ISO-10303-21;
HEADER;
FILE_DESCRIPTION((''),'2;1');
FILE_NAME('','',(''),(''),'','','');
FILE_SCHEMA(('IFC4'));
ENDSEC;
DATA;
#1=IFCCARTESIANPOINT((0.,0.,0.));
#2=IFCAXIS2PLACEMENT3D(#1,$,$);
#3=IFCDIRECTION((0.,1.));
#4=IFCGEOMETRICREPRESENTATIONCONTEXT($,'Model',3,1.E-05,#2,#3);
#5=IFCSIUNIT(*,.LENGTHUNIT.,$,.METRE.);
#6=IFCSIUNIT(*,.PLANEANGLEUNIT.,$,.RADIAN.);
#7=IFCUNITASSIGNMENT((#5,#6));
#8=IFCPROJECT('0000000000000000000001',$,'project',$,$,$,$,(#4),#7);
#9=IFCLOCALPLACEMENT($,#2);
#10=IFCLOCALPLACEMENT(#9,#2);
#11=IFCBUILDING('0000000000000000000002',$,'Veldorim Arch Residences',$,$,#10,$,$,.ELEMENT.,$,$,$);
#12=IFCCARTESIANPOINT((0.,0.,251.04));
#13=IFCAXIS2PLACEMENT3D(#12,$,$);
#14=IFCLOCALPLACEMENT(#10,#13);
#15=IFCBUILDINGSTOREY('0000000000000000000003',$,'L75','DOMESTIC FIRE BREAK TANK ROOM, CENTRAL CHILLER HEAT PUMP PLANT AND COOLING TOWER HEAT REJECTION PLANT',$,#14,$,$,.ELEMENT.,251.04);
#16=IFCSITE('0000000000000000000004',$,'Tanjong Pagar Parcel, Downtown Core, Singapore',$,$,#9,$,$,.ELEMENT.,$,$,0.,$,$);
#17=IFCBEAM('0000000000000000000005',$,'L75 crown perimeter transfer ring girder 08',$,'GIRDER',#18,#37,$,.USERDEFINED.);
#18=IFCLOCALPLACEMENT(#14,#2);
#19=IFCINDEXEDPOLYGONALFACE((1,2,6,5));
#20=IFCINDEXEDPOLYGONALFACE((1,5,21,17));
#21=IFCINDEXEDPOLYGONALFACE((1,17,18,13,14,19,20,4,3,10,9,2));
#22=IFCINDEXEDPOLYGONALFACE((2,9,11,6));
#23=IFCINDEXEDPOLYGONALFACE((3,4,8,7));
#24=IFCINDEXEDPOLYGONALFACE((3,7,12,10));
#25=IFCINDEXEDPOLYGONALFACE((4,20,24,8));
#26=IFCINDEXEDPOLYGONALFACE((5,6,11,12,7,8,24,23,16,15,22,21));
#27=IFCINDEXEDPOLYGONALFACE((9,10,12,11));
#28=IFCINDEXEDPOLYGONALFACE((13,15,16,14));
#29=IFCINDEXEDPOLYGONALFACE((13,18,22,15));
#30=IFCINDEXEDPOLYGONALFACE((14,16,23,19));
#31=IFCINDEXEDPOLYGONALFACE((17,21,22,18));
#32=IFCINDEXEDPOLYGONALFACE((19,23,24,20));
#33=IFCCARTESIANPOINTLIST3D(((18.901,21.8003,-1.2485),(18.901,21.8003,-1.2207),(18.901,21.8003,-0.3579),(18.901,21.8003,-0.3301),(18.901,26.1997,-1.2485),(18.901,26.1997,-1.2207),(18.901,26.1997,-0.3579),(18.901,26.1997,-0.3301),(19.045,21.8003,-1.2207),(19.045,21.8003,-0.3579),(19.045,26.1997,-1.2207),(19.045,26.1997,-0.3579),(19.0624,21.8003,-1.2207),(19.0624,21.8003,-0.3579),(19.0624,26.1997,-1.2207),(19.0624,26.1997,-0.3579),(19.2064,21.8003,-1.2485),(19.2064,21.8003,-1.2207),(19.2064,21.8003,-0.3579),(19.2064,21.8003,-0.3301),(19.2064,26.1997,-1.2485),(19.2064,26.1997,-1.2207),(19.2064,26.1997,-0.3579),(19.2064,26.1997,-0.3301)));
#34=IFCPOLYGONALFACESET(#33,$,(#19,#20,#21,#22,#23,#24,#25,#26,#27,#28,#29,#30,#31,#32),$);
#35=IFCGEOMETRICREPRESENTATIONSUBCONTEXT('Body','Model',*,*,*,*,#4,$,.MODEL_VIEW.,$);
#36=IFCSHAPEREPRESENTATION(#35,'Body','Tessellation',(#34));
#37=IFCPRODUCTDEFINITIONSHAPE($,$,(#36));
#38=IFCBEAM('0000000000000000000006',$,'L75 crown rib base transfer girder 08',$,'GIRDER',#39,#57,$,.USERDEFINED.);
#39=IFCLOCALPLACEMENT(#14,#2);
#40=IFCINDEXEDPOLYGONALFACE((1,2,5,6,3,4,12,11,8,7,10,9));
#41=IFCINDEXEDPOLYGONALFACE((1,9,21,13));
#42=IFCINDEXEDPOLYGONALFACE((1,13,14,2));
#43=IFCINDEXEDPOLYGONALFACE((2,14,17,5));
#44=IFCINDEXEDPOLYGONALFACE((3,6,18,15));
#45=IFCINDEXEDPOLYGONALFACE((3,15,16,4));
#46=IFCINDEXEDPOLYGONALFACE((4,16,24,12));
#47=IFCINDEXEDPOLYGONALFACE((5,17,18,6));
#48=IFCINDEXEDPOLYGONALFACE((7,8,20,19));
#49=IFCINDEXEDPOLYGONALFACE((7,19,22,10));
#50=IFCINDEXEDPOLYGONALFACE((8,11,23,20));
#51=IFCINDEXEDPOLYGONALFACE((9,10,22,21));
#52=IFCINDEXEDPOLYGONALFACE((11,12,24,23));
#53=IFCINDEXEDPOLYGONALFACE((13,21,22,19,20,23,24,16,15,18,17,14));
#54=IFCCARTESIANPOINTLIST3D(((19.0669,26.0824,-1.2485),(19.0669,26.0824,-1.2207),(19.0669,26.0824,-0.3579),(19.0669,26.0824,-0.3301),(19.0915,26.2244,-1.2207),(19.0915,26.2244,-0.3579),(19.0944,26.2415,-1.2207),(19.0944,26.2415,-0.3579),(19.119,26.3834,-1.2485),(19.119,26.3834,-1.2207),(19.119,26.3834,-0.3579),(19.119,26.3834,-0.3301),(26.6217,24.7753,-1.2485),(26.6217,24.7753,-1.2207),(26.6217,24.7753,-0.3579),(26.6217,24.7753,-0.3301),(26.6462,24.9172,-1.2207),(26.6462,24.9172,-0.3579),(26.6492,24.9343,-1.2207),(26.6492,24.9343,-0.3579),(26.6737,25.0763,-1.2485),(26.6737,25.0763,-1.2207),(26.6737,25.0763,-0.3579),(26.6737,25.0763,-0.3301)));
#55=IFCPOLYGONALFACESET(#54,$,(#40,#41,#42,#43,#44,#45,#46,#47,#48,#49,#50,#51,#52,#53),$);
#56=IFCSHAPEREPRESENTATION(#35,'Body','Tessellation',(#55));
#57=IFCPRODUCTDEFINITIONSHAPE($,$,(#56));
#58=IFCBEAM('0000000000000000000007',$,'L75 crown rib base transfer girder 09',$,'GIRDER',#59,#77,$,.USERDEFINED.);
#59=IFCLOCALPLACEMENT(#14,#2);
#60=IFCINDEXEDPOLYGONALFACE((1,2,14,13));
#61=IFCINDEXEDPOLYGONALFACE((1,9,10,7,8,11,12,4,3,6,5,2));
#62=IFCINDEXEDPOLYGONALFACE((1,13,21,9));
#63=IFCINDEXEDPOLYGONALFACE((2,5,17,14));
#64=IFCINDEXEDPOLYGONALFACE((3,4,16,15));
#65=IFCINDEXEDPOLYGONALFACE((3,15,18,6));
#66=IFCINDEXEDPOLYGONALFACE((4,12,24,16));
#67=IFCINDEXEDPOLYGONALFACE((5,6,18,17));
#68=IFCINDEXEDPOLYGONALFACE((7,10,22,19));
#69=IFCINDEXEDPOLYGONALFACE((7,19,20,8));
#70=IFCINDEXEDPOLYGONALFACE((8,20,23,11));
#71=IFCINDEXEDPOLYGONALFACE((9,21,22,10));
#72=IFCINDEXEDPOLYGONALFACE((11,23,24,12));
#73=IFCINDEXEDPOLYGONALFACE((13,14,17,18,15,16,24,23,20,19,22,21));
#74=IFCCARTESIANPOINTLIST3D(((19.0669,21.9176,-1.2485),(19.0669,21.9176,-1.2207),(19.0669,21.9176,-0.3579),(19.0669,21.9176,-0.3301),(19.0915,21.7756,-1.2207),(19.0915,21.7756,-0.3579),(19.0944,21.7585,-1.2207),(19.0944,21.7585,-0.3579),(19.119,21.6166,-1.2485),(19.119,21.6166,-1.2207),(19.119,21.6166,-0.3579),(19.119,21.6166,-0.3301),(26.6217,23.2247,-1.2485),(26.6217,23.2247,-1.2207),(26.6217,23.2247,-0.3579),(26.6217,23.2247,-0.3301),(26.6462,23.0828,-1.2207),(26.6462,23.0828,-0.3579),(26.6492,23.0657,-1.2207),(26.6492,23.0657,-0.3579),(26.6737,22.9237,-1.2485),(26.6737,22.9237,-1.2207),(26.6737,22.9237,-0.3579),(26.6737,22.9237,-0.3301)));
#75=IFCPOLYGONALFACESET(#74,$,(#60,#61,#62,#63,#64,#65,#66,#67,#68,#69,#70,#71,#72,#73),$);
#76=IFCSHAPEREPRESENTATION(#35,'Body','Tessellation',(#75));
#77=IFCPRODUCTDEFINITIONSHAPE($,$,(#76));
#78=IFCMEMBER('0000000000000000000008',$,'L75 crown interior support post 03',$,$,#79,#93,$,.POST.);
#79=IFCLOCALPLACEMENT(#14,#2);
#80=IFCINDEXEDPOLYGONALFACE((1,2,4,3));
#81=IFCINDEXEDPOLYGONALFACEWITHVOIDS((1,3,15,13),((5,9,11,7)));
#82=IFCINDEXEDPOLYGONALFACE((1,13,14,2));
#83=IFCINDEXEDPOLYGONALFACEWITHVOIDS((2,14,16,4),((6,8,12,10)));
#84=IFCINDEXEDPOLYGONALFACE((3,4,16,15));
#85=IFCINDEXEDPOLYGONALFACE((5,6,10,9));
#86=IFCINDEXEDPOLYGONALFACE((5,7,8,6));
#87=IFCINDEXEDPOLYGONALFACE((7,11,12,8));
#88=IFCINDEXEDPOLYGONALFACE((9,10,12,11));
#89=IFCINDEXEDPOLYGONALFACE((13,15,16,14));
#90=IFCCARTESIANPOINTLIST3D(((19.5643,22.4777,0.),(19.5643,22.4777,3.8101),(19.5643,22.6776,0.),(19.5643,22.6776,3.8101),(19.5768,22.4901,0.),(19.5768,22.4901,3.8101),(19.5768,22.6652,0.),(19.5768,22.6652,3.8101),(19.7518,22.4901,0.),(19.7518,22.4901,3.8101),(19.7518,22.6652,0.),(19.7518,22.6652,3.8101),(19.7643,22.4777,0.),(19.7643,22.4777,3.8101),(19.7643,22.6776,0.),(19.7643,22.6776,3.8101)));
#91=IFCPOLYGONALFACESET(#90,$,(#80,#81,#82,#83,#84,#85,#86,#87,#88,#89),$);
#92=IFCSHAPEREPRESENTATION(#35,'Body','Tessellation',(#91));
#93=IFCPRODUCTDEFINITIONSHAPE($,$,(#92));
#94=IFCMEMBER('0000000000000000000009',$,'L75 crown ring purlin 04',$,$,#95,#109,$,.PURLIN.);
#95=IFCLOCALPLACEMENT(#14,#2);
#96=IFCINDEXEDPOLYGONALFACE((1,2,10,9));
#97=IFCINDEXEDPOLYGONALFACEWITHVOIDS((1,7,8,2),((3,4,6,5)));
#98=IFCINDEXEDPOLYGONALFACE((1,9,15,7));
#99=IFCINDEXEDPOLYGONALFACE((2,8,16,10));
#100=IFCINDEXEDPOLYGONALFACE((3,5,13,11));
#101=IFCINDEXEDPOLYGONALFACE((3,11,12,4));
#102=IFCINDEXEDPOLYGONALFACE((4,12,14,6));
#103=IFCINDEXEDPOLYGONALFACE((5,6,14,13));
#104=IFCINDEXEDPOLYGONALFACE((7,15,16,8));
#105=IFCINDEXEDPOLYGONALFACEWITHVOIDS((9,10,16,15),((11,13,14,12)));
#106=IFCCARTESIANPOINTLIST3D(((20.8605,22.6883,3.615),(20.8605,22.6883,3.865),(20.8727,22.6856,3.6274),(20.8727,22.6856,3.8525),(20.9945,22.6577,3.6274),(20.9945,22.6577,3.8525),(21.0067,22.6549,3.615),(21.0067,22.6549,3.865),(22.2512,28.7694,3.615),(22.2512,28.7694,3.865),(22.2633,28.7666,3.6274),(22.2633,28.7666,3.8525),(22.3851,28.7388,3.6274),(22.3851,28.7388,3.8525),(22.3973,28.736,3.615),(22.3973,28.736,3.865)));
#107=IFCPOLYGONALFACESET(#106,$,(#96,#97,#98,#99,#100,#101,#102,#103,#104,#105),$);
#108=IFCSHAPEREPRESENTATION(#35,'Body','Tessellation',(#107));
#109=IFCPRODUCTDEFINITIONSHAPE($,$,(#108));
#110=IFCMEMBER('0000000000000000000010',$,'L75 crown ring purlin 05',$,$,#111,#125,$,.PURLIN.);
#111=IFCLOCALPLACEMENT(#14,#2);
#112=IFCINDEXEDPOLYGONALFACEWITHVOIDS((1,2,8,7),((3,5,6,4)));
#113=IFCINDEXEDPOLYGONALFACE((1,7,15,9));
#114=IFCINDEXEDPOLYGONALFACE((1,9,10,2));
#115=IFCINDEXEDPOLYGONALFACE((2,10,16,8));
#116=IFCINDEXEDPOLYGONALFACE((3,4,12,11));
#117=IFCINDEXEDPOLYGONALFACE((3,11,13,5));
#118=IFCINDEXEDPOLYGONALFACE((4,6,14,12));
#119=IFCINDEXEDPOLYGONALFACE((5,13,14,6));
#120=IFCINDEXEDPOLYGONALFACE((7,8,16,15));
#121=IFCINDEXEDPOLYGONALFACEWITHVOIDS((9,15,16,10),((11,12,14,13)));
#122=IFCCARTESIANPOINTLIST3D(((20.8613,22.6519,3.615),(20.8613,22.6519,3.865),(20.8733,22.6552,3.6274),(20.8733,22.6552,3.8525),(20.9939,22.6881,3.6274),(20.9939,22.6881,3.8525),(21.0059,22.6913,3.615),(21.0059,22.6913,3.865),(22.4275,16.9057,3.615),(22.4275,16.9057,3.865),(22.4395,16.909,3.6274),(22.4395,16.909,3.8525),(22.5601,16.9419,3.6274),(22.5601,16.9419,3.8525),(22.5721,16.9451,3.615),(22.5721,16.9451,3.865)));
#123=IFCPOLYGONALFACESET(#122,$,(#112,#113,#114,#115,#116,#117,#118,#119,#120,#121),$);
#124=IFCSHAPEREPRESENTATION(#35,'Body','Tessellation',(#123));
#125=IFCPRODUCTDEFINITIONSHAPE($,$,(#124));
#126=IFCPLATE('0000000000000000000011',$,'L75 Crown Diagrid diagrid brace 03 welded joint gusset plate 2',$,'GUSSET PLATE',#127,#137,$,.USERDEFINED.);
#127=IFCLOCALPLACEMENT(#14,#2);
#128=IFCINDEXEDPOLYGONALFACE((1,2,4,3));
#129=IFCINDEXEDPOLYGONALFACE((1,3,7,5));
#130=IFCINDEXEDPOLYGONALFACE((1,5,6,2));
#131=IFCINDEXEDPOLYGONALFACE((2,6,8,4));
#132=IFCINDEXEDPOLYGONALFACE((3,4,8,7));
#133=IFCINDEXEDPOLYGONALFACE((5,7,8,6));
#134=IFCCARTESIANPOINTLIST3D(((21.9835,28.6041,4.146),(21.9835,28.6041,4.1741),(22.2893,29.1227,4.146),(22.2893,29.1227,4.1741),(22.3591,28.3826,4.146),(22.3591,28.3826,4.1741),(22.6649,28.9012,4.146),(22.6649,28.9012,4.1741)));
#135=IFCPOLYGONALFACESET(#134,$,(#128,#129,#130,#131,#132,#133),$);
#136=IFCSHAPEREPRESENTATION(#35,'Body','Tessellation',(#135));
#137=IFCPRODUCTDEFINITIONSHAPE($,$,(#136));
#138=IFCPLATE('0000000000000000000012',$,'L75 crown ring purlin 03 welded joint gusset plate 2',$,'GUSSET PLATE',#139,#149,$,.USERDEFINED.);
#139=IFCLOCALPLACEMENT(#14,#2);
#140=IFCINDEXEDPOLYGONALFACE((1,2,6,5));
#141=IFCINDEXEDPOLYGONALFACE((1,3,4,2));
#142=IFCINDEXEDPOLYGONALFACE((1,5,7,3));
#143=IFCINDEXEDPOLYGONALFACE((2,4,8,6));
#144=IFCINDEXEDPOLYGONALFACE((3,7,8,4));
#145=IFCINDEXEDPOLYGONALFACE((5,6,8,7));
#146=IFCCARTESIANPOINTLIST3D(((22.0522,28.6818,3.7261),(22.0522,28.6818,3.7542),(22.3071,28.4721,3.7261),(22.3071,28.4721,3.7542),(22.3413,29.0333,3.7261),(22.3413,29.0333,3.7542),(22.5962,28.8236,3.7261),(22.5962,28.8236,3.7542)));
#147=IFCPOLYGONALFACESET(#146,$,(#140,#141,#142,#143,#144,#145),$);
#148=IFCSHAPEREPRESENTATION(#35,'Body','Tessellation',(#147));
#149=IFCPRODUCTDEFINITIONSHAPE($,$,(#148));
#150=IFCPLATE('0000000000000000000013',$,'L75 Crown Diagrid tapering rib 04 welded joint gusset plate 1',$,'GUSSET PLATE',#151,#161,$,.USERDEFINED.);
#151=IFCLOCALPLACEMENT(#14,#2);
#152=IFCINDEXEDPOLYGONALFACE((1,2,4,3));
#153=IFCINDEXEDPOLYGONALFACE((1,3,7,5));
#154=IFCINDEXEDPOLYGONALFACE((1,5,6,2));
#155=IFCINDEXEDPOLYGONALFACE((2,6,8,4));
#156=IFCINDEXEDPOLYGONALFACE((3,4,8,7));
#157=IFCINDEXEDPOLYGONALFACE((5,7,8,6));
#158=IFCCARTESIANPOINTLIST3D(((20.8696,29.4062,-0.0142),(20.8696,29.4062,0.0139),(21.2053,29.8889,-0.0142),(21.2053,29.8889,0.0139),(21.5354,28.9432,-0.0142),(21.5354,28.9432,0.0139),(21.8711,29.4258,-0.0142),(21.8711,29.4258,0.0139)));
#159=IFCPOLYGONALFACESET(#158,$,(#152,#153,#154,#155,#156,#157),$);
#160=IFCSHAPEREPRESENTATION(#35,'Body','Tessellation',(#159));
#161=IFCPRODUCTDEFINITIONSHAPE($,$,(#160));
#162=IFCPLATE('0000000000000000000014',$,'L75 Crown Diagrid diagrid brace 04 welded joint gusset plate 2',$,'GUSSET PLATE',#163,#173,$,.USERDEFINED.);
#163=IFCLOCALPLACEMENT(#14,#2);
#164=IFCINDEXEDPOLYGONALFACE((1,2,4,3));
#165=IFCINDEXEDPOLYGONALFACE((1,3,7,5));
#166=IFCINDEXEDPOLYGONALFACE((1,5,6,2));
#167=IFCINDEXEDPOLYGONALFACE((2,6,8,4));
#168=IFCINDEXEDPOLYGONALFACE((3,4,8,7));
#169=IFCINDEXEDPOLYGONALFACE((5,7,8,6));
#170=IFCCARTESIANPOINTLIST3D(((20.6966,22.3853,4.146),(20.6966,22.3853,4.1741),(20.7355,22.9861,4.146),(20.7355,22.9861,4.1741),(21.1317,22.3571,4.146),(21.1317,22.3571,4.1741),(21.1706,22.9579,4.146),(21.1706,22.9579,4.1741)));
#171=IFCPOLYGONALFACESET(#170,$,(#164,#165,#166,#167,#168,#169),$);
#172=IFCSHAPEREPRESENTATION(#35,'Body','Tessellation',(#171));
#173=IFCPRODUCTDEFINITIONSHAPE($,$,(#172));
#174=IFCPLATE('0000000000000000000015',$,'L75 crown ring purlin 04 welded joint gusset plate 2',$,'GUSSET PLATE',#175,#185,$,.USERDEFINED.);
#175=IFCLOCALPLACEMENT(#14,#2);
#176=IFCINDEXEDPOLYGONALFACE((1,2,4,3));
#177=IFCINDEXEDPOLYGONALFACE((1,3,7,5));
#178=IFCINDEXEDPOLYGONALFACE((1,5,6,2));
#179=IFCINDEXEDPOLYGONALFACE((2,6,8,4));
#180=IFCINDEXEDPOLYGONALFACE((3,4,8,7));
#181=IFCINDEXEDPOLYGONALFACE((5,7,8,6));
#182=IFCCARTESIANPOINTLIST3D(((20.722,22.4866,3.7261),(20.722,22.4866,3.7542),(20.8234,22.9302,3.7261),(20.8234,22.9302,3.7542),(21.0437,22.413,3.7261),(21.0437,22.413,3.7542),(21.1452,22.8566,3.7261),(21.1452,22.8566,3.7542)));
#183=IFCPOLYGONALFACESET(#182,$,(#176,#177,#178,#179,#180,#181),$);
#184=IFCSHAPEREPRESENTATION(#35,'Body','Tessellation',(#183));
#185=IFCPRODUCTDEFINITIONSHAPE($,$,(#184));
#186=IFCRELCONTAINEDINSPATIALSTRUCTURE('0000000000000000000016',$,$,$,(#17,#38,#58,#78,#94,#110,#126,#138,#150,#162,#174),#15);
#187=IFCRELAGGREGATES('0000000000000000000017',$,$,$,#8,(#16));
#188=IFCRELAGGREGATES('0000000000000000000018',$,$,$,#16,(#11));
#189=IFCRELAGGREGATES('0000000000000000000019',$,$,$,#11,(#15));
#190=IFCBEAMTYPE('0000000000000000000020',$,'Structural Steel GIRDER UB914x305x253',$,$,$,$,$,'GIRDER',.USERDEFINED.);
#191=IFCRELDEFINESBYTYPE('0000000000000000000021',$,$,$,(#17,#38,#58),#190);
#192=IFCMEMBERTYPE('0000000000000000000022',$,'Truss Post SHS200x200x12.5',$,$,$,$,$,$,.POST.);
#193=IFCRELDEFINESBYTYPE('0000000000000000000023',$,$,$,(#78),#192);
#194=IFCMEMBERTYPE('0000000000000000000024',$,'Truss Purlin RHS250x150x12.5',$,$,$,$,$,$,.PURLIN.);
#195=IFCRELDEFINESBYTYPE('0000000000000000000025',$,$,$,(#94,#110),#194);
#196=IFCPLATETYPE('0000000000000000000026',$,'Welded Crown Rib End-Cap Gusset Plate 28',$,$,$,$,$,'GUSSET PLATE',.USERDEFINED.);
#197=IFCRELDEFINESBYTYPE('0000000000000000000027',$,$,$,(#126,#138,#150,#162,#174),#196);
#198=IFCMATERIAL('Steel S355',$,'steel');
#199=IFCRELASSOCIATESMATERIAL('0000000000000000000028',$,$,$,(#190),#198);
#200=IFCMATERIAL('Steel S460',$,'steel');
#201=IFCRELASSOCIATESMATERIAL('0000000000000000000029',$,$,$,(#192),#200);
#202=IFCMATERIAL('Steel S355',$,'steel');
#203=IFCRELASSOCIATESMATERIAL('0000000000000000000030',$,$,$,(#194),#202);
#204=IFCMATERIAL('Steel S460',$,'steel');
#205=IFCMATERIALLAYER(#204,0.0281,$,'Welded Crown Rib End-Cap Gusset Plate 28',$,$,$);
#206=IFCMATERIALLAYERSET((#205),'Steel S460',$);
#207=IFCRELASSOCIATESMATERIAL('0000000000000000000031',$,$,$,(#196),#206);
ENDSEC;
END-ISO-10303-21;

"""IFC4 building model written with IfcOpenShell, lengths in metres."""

from ifc_helpers import new_model, si_unit, direction, frame, origin, origin_2d, place, context, subcontext, project, spatial, rectangle, hollow_rectangle, i_section, extrude, material, layer, layer_set, material_profile, profile_set, type_object, element, save


model = new_model("IFC4")

# Units and contexts
model_context = context("Model", 3, precision=1e-05, world=origin(), true_north=direction((0.0, 1.0)))
body_context = subcontext(model_context, "Body", "Model", "MODEL_VIEW")
ifc_project = project(units=[si_unit("LENGTHUNIT", "METRE"), si_unit("PLANEANGLEUNIT", "RADIAN")], contexts=[model_context])

# Site, building, storey
site_placement = place(None, origin())
site = spatial("IfcSite", under=ifc_project, at=site_placement, Name="Tanjong Pagar Parcel, Downtown Core, Singapore", CompositionType="ELEMENT", RefElevation=0.0)
building_placement = place(site_placement, origin())
building = spatial("IfcBuilding", under=site, at=building_placement, Name="Veldorim Arch Residences", CompositionType="ELEMENT")
storey_placement = place(building_placement, frame((0.0, 0.0, 251.04)))
storey = spatial("IfcBuildingStorey", under=building, at=storey_placement, Name="L75", Description="DOMESTIC FIRE BREAK TANK ROOM, CENTRAL CHILLER HEAT PUMP PLANT AND COOLING TOWER HEAT REJECTION PLANT", CompositionType="ELEMENT", Elevation=251.04)

# Beams
ifc_material_1 = material(Name="Steel S355", Category="steel")
ifc_material_profile_1 = material_profile(ifc_material_1, i_section(OverallWidth=0.3054, OverallDepth=0.9185, WebThickness=0.0173, FlangeThickness=0.0278, at=origin_2d()), Name="UB914x305x253")
ifc_profile_set_1 = profile_set([ifc_material_profile_1], Name="Steel S355")
beam_type = type_object("IfcBeamType", Name="Structural Steel GIRDER UB914x305x253", ElementType="GIRDER", PredefinedType="USERDEFINED", material=ifc_profile_set_1)
beam_1_placement = place(storey_placement, frame((19.0537, 26.1997, -0.7893), z_axis=(0.0, -1.0, 0.0), x_axis=(1.0, 0.0, 0.0)))
element("IfcBeam", 1, at=beam_1_placement, inside=storey, type_object=beam_type, Name="L75 crown perimeter transfer ring girder 08", ObjectType="GIRDER", PredefinedType="USERDEFINED", context=body_context, shape_type="SweptSolid", body=[
    extrude(i_section(OverallWidth=0.3054, OverallDepth=0.9185, WebThickness=0.0173, FlangeThickness=0.0278, at=origin_2d()), origin(), (0.0, 0.0, 1.0), 4.3994),
])
for number, where, z_axis, x_axis, name in (
    (2, (26.6477, 24.9258, -0.7893), (-0.98536, 0.170489, 0.0), (-0.170489, -0.98536, 0.0), "L75 crown rib base transfer girder 08"),
    (3, (26.6477, 23.0742, -0.7893), (-0.98536, -0.170489, 0.0), (0.170489, -0.98536, 0.0), "L75 crown rib base transfer girder 09"),
):
    element("IfcBeam", number, at=place(storey_placement, frame(where, z_axis=z_axis, x_axis=x_axis)), inside=storey, type_object=beam_type, Name=name, ObjectType="GIRDER", PredefinedType="USERDEFINED", context=body_context, shape_type="SweptSolid", body=[
        extrude(i_section(OverallWidth=0.3054, OverallDepth=0.9185, WebThickness=0.0173, FlangeThickness=0.0278, at=origin_2d()), origin(), (0.0, 0.0, 1.0), 7.667),
    ])

# Members
ifc_material_2 = material(Name="Steel S460", Category="steel")
ifc_material_profile_2 = material_profile(ifc_material_2, hollow_rectangle(XDim=0.2, YDim=0.2, WallThickness=0.0125, at=origin_2d()), Name="SHS200x200x12.5")
ifc_profile_set_2 = profile_set([ifc_material_profile_2], Name="Steel S460")
member_type_1 = type_object("IfcMemberType", Name="Truss Post SHS200x200x12.5", PredefinedType="POST", material=ifc_profile_set_2)
member_1_placement = place(storey_placement, frame((19.6643, 22.5776, 0.0), z_axis=(0.0, 0.0, 1.0), x_axis=(1.0, 0.0, 0.0)))
element("IfcMember", 4, at=member_1_placement, inside=storey, type_object=member_type_1, Name="L75 crown interior support post 03", PredefinedType="POST", context=body_context, shape_type="SweptSolid", body=[
    extrude(hollow_rectangle(XDim=0.2, YDim=0.2, WallThickness=0.0125, at=origin_2d()), origin(), (0.0, 0.0, 1.0), 3.8101),
])
ifc_material_3 = material(Name="Steel S355", Category="steel")
ifc_material_profile_3 = material_profile(ifc_material_3, hollow_rectangle(XDim=0.1499, YDim=0.25, WallThickness=0.0125, at=origin_2d()), Name="RHS250x150x12.5")
ifc_profile_set_3 = profile_set([ifc_material_profile_3], Name="Steel S355")
member_type_2 = type_object("IfcMemberType", Name="Truss Purlin RHS250x150x12.5", PredefinedType="PURLIN", material=ifc_profile_set_3)
member_2_placement = place(storey_placement, frame((22.3242, 28.7527, 3.74), z_axis=(-0.222927, -0.974835, 0.0), x_axis=(0.974835, -0.222927, 0.0)))
element("IfcMember", 5, at=member_2_placement, inside=storey, type_object=member_type_2, Name="L75 crown ring purlin 04", PredefinedType="PURLIN", context=body_context, shape_type="SweptSolid", body=[
    extrude(hollow_rectangle(XDim=0.1499, YDim=0.25, WallThickness=0.0125, at=origin_2d()), origin(), (0.0, 0.0, 1.0), 6.238),
])
member_3_placement = place(storey_placement, frame((20.9336, 22.6716, 3.74), z_axis=(0.262968, -0.964804, 0.0), x_axis=(0.964804, 0.262968, 0.0)))
element("IfcMember", 6, at=member_3_placement, inside=storey, type_object=member_type_2, Name="L75 crown ring purlin 05", PredefinedType="PURLIN", context=body_context, shape_type="SweptSolid", body=[
    extrude(hollow_rectangle(XDim=0.1499, YDim=0.25, WallThickness=0.0125, at=origin_2d()), origin(), (0.0, 0.0, 1.0), 5.9558),
])

# Plates
ifc_material_4 = material(Name="Steel S460", Category="steel")
ifc_layer_1 = layer(ifc_material_4, 0.0281, Name="Welded Crown Rib End-Cap Gusset Plate 28")
ifc_layer_set_1 = layer_set([ifc_layer_1], Name="Steel S460")
plate_type = type_object("IfcPlateType", Name="Welded Crown Rib End-Cap Gusset Plate 28", ElementType="GUSSET PLATE", PredefinedType="USERDEFINED", material=ifc_layer_set_1)
plate_1_placement = place(storey_placement, frame((22.3242, 28.7527, 4.146), z_axis=(0.0, 0.0, 1.0), x_axis=(-0.507959, -0.861381, 0.0)))
element("IfcPlate", 7, at=plate_1_placement, inside=storey, type_object=plate_type, Name="L75 Crown Diagrid diagrid brace 03 welded joint gusset plate 2", ObjectType="GUSSET PLATE", PredefinedType="USERDEFINED", context=body_context, shape_type="SweptSolid", body=[
    extrude(rectangle(XDim=0.6021, YDim=0.436, at=origin_2d()), origin(), (0.0, 0.0, 1.0), 0.0281),
])
plate_2_placement = place(storey_placement, frame((22.3242, 28.7527, 3.7261), z_axis=(0.0, 0.0, 1.0), x_axis=(-0.635229, -0.772324, 0.0)))
element("IfcPlate", 8, at=plate_2_placement, inside=storey, type_object=plate_type, Name="L75 crown ring purlin 03 welded joint gusset plate 2", ObjectType="GUSSET PLATE", PredefinedType="USERDEFINED", context=body_context, shape_type="SweptSolid", body=[
    extrude(rectangle(XDim=0.4551, YDim=0.3301, at=origin_2d()), origin(), (0.0, 0.0, 1.0), 0.0281),
])
plate_3_placement = place(storey_placement, frame((21.3704, 29.416, -0.0142), z_axis=(0.0, 0.0, 1.0), x_axis=(0.82097, -0.570972, 0.0)))
element("IfcPlate", 9, at=plate_3_placement, inside=storey, type_object=plate_type, Name="L75 Crown Diagrid tapering rib 04 welded joint gusset plate 1", ObjectType="GUSSET PLATE", PredefinedType="USERDEFINED", context=body_context, shape_type="SweptSolid", body=[
    extrude(rectangle(XDim=0.811, YDim=0.5879, at=origin_2d()), origin(), (0.0, 0.0, 1.0), 0.0281),
])
plate_4_placement = place(storey_placement, frame((20.9336, 22.6716, 4.146), z_axis=(0.0, 0.0, 1.0), x_axis=(-0.064637, -0.997909, 0.0)))
element("IfcPlate", 10, at=plate_4_placement, inside=storey, type_object=plate_type, Name="L75 Crown Diagrid diagrid brace 04 welded joint gusset plate 2", ObjectType="GUSSET PLATE", PredefinedType="USERDEFINED", context=body_context, shape_type="SweptSolid", body=[
    extrude(rectangle(XDim=0.6021, YDim=0.436, at=origin_2d()), origin(), (0.0, 0.0, 1.0), 0.0281),
])
plate_5_placement = place(storey_placement, frame((20.9336, 22.6716, 3.7261), z_axis=(0.0, 0.0, 1.0), x_axis=(-0.222961, -0.974827, 0.0)))
element("IfcPlate", 11, at=plate_5_placement, inside=storey, type_object=plate_type, Name="L75 crown ring purlin 04 welded joint gusset plate 2", ObjectType="GUSSET PLATE", PredefinedType="USERDEFINED", context=body_context, shape_type="SweptSolid", body=[
    extrude(rectangle(XDim=0.4551, YDim=0.3301, at=origin_2d()), origin(), (0.0, 0.0, 1.0), 0.0281),
])

save(model, "model.ifc")
